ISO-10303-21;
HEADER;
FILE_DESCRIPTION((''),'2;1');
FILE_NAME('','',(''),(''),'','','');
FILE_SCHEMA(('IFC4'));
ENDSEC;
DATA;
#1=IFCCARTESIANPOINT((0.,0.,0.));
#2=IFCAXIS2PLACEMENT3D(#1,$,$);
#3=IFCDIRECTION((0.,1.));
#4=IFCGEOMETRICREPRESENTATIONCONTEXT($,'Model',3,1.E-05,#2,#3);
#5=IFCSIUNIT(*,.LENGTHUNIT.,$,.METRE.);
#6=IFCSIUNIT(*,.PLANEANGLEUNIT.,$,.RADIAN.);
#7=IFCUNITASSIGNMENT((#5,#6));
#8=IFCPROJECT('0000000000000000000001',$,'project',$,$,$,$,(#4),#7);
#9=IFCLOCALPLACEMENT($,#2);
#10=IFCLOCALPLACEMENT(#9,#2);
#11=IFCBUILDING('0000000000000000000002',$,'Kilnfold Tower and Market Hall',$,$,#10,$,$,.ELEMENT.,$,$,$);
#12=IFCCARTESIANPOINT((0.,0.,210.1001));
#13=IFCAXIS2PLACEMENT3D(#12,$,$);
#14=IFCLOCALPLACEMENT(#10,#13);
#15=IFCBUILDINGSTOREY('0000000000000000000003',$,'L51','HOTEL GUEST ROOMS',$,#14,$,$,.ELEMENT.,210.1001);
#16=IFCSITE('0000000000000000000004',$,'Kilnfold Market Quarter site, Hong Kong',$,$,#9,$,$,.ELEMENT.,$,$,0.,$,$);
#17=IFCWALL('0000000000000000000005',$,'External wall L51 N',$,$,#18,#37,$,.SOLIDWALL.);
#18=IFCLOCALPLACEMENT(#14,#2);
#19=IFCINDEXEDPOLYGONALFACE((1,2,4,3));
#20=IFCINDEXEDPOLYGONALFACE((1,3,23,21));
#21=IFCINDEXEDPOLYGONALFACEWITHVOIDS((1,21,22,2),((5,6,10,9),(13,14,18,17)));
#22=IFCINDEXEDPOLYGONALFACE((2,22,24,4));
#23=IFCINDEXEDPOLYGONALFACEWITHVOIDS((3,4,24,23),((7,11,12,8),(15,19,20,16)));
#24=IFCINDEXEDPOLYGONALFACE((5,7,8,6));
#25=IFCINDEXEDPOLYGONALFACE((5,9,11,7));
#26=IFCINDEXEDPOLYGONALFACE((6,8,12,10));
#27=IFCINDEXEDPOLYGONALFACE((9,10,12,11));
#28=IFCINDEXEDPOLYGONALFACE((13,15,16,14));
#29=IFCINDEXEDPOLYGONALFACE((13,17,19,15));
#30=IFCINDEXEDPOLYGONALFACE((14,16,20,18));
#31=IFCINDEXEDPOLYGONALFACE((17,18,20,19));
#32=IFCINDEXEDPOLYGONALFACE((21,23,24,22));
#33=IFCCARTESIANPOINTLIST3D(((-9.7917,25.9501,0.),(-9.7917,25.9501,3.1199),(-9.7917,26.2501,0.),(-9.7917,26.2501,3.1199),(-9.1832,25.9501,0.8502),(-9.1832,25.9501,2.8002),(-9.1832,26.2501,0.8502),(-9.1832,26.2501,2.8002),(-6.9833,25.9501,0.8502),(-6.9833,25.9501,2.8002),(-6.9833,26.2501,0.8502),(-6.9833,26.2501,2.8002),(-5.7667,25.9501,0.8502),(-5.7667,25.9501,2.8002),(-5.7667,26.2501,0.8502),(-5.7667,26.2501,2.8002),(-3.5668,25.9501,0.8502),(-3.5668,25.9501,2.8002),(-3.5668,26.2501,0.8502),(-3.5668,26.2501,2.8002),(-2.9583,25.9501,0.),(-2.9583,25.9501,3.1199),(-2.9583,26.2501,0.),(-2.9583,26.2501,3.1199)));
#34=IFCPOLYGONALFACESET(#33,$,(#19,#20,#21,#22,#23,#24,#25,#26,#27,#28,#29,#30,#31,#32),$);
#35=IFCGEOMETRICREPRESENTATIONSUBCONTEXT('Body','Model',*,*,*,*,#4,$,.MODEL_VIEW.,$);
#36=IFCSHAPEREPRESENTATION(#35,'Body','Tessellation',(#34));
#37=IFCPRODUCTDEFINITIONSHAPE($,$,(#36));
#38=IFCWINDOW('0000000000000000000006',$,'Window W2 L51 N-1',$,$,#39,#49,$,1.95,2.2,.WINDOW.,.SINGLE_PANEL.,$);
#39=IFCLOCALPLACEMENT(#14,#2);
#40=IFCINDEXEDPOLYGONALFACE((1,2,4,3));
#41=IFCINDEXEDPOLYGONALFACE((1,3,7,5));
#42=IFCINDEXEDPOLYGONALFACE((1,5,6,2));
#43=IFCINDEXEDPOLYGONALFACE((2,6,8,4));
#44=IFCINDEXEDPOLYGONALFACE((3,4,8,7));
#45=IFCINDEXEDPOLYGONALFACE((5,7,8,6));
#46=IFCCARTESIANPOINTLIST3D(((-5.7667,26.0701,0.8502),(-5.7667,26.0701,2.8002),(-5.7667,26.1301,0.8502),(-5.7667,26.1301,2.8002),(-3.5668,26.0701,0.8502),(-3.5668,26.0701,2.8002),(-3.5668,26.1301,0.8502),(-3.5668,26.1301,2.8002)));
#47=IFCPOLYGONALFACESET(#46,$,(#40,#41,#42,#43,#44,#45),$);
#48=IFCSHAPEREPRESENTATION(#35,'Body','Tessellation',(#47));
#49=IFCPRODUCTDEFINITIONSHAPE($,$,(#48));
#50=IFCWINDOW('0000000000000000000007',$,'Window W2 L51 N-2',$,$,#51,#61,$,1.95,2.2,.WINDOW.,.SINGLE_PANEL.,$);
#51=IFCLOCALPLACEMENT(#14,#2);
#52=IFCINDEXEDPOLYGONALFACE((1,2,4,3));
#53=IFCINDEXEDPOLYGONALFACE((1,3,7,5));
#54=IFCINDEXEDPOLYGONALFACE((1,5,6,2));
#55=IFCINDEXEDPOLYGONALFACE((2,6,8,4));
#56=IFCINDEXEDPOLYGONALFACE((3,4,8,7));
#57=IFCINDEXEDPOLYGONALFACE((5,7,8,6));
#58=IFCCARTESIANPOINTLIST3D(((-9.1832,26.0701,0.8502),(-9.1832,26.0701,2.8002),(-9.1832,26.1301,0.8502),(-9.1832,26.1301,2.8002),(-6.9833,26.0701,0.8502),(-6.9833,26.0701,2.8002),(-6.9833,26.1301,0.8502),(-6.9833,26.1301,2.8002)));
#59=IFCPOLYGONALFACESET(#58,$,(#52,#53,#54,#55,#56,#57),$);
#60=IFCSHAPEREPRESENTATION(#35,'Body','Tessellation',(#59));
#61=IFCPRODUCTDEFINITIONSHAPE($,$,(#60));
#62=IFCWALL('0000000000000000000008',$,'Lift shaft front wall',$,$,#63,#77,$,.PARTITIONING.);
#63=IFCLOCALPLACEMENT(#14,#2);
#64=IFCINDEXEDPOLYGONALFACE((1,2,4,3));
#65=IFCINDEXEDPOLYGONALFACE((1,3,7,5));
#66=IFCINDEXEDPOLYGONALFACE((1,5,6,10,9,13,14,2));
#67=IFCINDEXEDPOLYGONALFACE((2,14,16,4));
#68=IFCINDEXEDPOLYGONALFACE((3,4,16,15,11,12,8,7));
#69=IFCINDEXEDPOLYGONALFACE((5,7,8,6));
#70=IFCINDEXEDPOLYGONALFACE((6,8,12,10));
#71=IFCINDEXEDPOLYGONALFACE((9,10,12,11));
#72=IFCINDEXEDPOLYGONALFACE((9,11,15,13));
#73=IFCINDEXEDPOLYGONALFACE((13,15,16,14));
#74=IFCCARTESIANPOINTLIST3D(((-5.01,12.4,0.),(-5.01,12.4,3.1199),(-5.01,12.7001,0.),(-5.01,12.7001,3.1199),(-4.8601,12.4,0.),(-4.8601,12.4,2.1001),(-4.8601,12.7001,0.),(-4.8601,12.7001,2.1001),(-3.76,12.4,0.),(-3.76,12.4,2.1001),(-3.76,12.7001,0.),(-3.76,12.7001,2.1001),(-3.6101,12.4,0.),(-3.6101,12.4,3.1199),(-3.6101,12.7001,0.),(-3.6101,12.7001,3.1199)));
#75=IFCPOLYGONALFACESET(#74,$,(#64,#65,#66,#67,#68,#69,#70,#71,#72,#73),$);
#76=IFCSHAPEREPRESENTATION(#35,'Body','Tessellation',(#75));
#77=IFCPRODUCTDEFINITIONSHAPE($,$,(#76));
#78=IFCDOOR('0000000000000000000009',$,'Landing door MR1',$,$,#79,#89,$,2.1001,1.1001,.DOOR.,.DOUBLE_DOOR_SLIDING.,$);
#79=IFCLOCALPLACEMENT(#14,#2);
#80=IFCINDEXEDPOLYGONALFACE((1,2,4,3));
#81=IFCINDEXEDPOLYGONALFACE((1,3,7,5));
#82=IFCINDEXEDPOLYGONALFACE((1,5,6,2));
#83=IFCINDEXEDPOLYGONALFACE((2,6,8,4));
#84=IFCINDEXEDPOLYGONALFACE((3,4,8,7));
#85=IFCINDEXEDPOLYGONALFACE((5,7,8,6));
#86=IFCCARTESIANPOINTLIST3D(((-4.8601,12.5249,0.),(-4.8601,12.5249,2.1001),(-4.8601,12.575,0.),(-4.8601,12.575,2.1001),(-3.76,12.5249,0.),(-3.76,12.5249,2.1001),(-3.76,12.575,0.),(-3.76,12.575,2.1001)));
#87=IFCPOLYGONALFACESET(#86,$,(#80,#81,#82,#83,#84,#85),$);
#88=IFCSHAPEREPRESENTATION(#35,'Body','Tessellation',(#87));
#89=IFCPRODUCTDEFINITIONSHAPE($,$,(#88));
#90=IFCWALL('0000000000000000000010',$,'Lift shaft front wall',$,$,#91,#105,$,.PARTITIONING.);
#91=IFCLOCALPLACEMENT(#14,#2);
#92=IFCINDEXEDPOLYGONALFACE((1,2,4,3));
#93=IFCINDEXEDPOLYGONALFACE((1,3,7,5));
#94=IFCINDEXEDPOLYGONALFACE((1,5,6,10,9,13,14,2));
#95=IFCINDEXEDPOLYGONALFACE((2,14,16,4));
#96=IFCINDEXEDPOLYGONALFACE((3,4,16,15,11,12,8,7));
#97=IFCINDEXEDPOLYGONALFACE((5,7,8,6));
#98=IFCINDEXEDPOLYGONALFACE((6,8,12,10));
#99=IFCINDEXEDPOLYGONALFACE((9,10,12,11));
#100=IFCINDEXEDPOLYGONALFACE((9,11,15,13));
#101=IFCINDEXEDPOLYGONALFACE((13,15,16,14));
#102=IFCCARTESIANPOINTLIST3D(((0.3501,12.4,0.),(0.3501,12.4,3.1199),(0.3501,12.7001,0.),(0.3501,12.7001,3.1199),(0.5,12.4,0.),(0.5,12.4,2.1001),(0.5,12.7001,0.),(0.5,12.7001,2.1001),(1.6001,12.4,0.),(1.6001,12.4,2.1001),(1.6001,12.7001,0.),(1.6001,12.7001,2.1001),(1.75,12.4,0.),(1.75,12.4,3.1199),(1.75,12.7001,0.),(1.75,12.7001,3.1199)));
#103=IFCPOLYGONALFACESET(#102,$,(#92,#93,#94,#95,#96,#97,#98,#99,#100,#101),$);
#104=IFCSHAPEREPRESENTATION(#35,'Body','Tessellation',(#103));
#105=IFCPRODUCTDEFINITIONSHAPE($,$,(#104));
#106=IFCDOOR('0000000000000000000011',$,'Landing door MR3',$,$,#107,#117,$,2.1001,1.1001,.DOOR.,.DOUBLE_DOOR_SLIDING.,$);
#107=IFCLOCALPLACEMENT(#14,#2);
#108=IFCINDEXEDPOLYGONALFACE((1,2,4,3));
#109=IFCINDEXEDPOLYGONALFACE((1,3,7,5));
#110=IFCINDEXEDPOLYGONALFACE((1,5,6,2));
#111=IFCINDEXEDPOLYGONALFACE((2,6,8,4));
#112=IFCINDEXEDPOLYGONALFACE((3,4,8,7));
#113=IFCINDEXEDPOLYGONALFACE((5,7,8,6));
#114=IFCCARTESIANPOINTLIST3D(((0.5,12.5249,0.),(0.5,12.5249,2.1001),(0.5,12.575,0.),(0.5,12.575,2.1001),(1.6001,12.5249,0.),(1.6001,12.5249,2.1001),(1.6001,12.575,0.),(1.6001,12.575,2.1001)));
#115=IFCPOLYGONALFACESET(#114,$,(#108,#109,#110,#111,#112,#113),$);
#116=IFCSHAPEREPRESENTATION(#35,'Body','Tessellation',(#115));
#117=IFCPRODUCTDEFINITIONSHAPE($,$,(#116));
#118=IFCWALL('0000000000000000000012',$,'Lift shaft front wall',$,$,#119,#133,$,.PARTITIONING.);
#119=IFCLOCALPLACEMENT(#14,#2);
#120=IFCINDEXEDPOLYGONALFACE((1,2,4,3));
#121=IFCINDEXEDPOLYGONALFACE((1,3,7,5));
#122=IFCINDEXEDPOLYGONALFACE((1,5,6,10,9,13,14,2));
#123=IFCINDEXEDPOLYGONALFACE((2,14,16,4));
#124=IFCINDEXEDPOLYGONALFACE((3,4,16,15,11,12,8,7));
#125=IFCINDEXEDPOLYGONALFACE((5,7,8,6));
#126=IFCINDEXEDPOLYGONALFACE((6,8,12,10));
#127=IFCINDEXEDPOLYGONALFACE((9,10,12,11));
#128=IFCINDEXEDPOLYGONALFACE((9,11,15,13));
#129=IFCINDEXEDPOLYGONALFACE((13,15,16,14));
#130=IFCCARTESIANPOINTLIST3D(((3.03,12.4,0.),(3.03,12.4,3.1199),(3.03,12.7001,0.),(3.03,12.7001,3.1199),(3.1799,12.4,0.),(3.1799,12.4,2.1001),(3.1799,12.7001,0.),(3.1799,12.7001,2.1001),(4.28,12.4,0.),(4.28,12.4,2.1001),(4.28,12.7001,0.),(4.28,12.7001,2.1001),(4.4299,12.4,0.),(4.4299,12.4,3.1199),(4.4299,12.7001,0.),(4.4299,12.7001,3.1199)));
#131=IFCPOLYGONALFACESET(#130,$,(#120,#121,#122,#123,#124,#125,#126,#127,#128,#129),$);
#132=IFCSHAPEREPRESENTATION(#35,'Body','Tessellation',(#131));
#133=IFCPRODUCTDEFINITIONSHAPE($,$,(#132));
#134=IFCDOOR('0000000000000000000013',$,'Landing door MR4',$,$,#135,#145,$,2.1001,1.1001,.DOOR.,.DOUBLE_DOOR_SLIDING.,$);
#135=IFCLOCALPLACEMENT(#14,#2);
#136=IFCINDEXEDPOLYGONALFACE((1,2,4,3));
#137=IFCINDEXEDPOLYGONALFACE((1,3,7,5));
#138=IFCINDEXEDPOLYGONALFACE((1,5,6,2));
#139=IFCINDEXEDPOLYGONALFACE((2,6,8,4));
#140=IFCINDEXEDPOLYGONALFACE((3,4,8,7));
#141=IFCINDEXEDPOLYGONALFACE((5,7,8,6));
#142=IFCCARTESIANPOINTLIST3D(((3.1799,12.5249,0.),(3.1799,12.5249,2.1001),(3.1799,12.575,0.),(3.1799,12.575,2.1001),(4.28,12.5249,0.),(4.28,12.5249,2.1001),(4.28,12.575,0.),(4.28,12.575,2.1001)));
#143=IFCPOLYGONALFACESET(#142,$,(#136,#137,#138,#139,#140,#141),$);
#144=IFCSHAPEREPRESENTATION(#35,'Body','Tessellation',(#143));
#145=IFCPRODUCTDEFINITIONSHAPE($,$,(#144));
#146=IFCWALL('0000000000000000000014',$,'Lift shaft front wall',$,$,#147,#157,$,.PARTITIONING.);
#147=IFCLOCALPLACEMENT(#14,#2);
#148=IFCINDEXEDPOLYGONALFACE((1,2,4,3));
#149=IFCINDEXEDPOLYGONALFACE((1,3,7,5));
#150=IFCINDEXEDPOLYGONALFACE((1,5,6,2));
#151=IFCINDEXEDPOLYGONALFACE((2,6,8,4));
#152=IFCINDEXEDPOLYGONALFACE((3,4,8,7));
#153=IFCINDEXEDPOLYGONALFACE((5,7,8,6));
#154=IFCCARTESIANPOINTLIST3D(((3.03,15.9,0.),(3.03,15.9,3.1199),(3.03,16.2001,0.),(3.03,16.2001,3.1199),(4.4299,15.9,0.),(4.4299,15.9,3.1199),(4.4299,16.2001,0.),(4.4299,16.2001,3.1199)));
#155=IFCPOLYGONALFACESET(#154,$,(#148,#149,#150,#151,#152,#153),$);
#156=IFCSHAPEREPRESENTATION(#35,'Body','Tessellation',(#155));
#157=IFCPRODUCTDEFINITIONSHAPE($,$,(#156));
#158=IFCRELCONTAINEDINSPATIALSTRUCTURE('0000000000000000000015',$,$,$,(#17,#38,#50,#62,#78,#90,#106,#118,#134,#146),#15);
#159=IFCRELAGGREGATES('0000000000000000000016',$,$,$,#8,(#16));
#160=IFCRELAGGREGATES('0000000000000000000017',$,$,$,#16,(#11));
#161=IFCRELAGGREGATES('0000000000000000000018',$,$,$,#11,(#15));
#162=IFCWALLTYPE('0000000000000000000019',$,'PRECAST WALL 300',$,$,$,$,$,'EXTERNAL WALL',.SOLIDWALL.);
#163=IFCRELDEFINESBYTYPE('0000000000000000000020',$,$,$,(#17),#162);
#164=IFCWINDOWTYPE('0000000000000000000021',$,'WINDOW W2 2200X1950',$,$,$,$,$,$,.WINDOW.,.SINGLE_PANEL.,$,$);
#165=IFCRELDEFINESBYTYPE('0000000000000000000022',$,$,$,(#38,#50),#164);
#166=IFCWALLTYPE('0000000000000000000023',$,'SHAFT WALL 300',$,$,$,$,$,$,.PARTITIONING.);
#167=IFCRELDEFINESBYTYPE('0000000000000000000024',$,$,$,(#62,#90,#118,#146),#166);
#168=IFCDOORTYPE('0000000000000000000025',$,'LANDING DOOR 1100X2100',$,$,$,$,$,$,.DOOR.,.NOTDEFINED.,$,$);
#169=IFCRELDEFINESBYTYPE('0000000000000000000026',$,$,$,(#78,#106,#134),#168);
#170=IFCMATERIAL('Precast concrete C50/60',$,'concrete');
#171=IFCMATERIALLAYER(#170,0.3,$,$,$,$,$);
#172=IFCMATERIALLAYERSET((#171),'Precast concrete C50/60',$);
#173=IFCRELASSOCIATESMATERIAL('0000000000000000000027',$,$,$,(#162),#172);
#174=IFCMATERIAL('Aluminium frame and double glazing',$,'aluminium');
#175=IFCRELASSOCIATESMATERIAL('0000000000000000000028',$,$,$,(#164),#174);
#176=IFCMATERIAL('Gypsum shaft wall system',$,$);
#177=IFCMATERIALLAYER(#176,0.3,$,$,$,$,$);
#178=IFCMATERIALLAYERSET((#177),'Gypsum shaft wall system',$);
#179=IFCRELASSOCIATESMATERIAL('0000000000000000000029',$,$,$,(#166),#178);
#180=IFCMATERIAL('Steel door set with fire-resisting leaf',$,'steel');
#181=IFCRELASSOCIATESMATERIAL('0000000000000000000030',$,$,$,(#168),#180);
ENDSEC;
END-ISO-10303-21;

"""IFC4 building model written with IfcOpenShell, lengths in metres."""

from ifc_helpers import new_model, si_unit, direction, frame, frame_2d, origin, place, context, subcontext, project, spatial, rectangle, extrude, source, transform, mapped, material, layer, layer_set, type_object, element, fill, save


model = new_model("IFC4")

# Units and contexts
model_context = context("Model", 3, precision=1e-05, world=origin(), true_north=direction((0.0, 1.0)))
body_context = subcontext(model_context, "Body", "Model", "MODEL_VIEW")
ifc_project = project(units=[si_unit("LENGTHUNIT", "METRE"), si_unit("PLANEANGLEUNIT", "RADIAN")], contexts=[model_context])

# Site, building, storey
site_placement = place(None, origin())
site = spatial("IfcSite", under=ifc_project, at=site_placement, Name="Kilnfold Market Quarter site, Hong Kong", CompositionType="ELEMENT", RefElevation=0.0)
building_placement = place(site_placement, origin())
building = spatial("IfcBuilding", under=site, at=building_placement, Name="Kilnfold Tower and Market Hall", CompositionType="ELEMENT")
storey_placement = place(building_placement, frame((0.0, 0.0, 210.1001)))
storey = spatial("IfcBuildingStorey", under=building, at=storey_placement, Name="L51", Description="HOTEL GUEST ROOMS", CompositionType="ELEMENT", Elevation=210.1001)

# Wall, openings, windows
ifc_material_1 = material(Name="Precast concrete C50/60", Category="concrete")
ifc_layer_1 = layer(ifc_material_1, 0.3)
ifc_layer_set_1 = layer_set([ifc_layer_1], Name="Precast concrete C50/60")
wall_type_1 = type_object("IfcWallType", Name="PRECAST WALL 300", ElementType="EXTERNAL WALL", PredefinedType="SOLIDWALL", material=ifc_layer_set_1)
ifc_material_2 = material(Name="Aluminium frame and double glazing", Category="aluminium")
window_type = type_object("IfcWindowType", Name="WINDOW W2 2200X1950", PartitioningType="SINGLE_PANEL", PredefinedType="WINDOW", material=ifc_material_2)
shared_shape_1 = source(origin(), body_context, "Body", "SweptSolid", [
    extrude(rectangle(XDim=6.8335, YDim=0.3, at=frame_2d((3.4167, 0.0))), origin(), (0.0, 0.0, 1.0), 3.1199),
])
wall_1_placement = place(storey_placement, frame((-2.9583, 26.1001, 0.0), z_axis=(0.0, 0.0, 1.0), x_axis=(-1.0, 0.0, 0.0)))
wall_1 = element("IfcWall", 1, at=wall_1_placement, inside=storey, type_object=wall_type_1, Name="External wall L51 N", PredefinedType="SOLIDWALL", context=body_context, shape_type="MappedRepresentation", body=[
    mapped(shared_shape_1, transform((0.0, 0.0, 0.0))),
])
opening_1_placement = place(wall_1_placement, frame((0.6084, 0.0, 0.8501)))
opening_1 = element("IfcOpeningElement", 2, at=opening_1_placement, cuts=wall_1, PredefinedType="OPENING", context=body_context, shape_type="SweptSolid", body=[
    extrude(rectangle(XDim=2.2, YDim=1.95, at=frame_2d((1.1001, 0.9751))), frame((0.0, 0.1602, 0.0), z_axis=(0.0, -1.0, 0.0), x_axis=(1.0, 0.0, 0.0)), (0.0, 0.0, 1.0), 0.3201),
])
opening_2_placement = place(wall_1_placement, frame((4.0249, 0.0, 0.8501)))
opening_2 = element("IfcOpeningElement", 3, at=opening_2_placement, cuts=wall_1, PredefinedType="OPENING", context=body_context, shape_type="SweptSolid", body=[
    extrude(rectangle(XDim=2.2, YDim=1.95, at=frame_2d((1.1001, 0.9751))), frame((0.0, 0.1602, 0.0), z_axis=(0.0, -1.0, 0.0), x_axis=(1.0, 0.0, 0.0)), (0.0, 0.0, 1.0), 0.3201),
])
window_1_placement = place(opening_1_placement, origin())
window_1 = element("IfcWindow", 4, at=window_1_placement, inside=storey, type_object=window_type, Name="Window W2 L51 N-1", OverallHeight=1.95, OverallWidth=2.2, PartitioningType="SINGLE_PANEL", PredefinedType="WINDOW", context=body_context, shape_type="SweptSolid", body=[
    extrude(rectangle(XDim=2.2, YDim=1.95, at=frame_2d((1.1001, 0.9751))), frame((0.0, 0.03, 0.0), z_axis=(0.0, -1.0, 0.0), x_axis=(1.0, 0.0, 0.0)), (0.0, 0.0, 1.0), 0.0601),
])
fill(opening_1, window_1)
window_2_placement = place(opening_2_placement, origin())
window_2 = element("IfcWindow", 5, at=window_2_placement, inside=storey, type_object=window_type, Name="Window W2 L51 N-2", OverallHeight=1.95, OverallWidth=2.2, PartitioningType="SINGLE_PANEL", PredefinedType="WINDOW", context=body_context, shape_type="SweptSolid", body=[
    extrude(rectangle(XDim=2.2, YDim=1.95, at=frame_2d((1.1001, 0.9751))), frame((0.0, 0.03, 0.0), z_axis=(0.0, -1.0, 0.0), x_axis=(1.0, 0.0, 0.0)), (0.0, 0.0, 1.0), 0.0601),
])
fill(opening_2, window_2)

# Walls, openings, doors
ifc_material_3 = material(Name="Gypsum shaft wall system")
ifc_layer_2 = layer(ifc_material_3, 0.3)
ifc_layer_set_2 = layer_set([ifc_layer_2], Name="Gypsum shaft wall system")
wall_type_2 = type_object("IfcWallType", Name="SHAFT WALL 300", PredefinedType="PARTITIONING", material=ifc_layer_set_2)
shared_shape_2 = source(origin(), body_context, "Body", "SweptSolid", [
    extrude(rectangle(XDim=1.3999, YDim=0.3, at=frame_2d((0.7, 0.0))), origin(), (0.0, 0.0, 1.0), 3.1199),
])
wall_2_placement = place(storey_placement, frame((-5.01, 12.55, 0.0), z_axis=(0.0, 0.0, 1.0), x_axis=(1.0, 0.0, 0.0)))
wall_2 = element("IfcWall", 6, at=wall_2_placement, inside=storey, type_object=wall_type_2, Name="Lift shaft front wall", PredefinedType="PARTITIONING", context=body_context, shape_type="MappedRepresentation", body=[
    mapped(shared_shape_2, transform((0.0, 0.0, 0.0))),
])
opening_3_placement = place(wall_2_placement, frame((0.1499, 0.0, 0.0)))
opening_3 = element("IfcOpeningElement", 7, at=opening_3_placement, cuts=wall_2, PredefinedType="OPENING", context=body_context, shape_type="SweptSolid", body=[
    extrude(rectangle(XDim=1.1001, YDim=2.1001, at=frame_2d((0.55, 1.05))), frame((0.0, 0.1602, 0.0), z_axis=(0.0, -1.0, 0.0), x_axis=(1.0, 0.0, 0.0)), (0.0, 0.0, 1.0), 0.3201),
])
ifc_material_4 = material(Name="Steel door set with fire-resisting leaf", Category="steel")
door_type = type_object("IfcDoorType", Name="LANDING DOOR 1100X2100", OperationType="NOTDEFINED", PredefinedType="DOOR", material=ifc_material_4)
door_1_placement = place(opening_3_placement, origin())
door_1 = element("IfcDoor", 8, at=door_1_placement, inside=storey, type_object=door_type, Name="Landing door MR1", OperationType="DOUBLE_DOOR_SLIDING", OverallHeight=2.1001, OverallWidth=1.1001, PredefinedType="DOOR", context=body_context, shape_type="SweptSolid", body=[
    extrude(rectangle(XDim=1.1001, YDim=2.1001, at=frame_2d((0.55, 1.05))), frame((0.0, 0.0249, 0.0), z_axis=(0.0, -1.0, 0.0), x_axis=(1.0, 0.0, 0.0)), (0.0, 0.0, 1.0), 0.05),
])
fill(opening_3, door_1)
wall_3_placement = place(storey_placement, frame((0.3501, 12.55, 0.0), z_axis=(0.0, 0.0, 1.0), x_axis=(1.0, 0.0, 0.0)))
wall_3 = element("IfcWall", 9, at=wall_3_placement, inside=storey, type_object=wall_type_2, Name="Lift shaft front wall", PredefinedType="PARTITIONING", context=body_context, shape_type="MappedRepresentation", body=[
    mapped(shared_shape_2, transform((0.0, 0.0, 0.0))),
])
opening_4_placement = place(wall_3_placement, frame((0.1499, 0.0, 0.0)))
opening_4 = element("IfcOpeningElement", 10, at=opening_4_placement, cuts=wall_3, PredefinedType="OPENING", context=body_context, shape_type="SweptSolid", body=[
    extrude(rectangle(XDim=1.1001, YDim=2.1001, at=frame_2d((0.55, 1.05))), frame((0.0, 0.1602, 0.0), z_axis=(0.0, -1.0, 0.0), x_axis=(1.0, 0.0, 0.0)), (0.0, 0.0, 1.0), 0.3201),
])
door_2_placement = place(opening_4_placement, origin())
door_2 = element("IfcDoor", 11, at=door_2_placement, inside=storey, type_object=door_type, Name="Landing door MR3", OperationType="DOUBLE_DOOR_SLIDING", OverallHeight=2.1001, OverallWidth=1.1001, PredefinedType="DOOR", context=body_context, shape_type="SweptSolid", body=[
    extrude(rectangle(XDim=1.1001, YDim=2.1001, at=frame_2d((0.55, 1.05))), frame((0.0, 0.0249, 0.0), z_axis=(0.0, -1.0, 0.0), x_axis=(1.0, 0.0, 0.0)), (0.0, 0.0, 1.0), 0.05),
])
fill(opening_4, door_2)
wall_4_placement = place(storey_placement, frame((3.03, 12.55, 0.0), z_axis=(0.0, 0.0, 1.0), x_axis=(1.0, 0.0, 0.0)))
wall_4 = element("IfcWall", 12, at=wall_4_placement, inside=storey, type_object=wall_type_2, Name="Lift shaft front wall", PredefinedType="PARTITIONING", context=body_context, shape_type="MappedRepresentation", body=[
    mapped(shared_shape_2, transform((0.0, 0.0, 0.0))),
])
opening_5_placement = place(wall_4_placement, frame((0.1499, 0.0, 0.0)))
opening_5 = element("IfcOpeningElement", 13, at=opening_5_placement, cuts=wall_4, PredefinedType="OPENING", context=body_context, shape_type="SweptSolid", body=[
    extrude(rectangle(XDim=1.1001, YDim=2.1001, at=frame_2d((0.55, 1.05))), frame((0.0, 0.1602, 0.0), z_axis=(0.0, -1.0, 0.0), x_axis=(1.0, 0.0, 0.0)), (0.0, 0.0, 1.0), 0.3201),
])
door_3_placement = place(opening_5_placement, origin())
door_3 = element("IfcDoor", 14, at=door_3_placement, inside=storey, type_object=door_type, Name="Landing door MR4", OperationType="DOUBLE_DOOR_SLIDING", OverallHeight=2.1001, OverallWidth=1.1001, PredefinedType="DOOR", context=body_context, shape_type="SweptSolid", body=[
    extrude(rectangle(XDim=1.1001, YDim=2.1001, at=frame_2d((0.55, 1.05))), frame((0.0, 0.0249, 0.0), z_axis=(0.0, -1.0, 0.0), x_axis=(1.0, 0.0, 0.0)), (0.0, 0.0, 1.0), 0.05),
])
fill(opening_5, door_3)

# Wall
wall_5_placement = place(storey_placement, frame((3.03, 16.05, 0.0), z_axis=(0.0, 0.0, 1.0), x_axis=(1.0, 0.0, 0.0)))
element("IfcWall", 15, at=wall_5_placement, inside=storey, type_object=wall_type_2, Name="Lift shaft front wall", PredefinedType="PARTITIONING", context=body_context, shape_type="MappedRepresentation", body=[
    mapped(shared_shape_2, transform((0.0, 0.0, 0.0))),
])

save(model, "model.ifc")
